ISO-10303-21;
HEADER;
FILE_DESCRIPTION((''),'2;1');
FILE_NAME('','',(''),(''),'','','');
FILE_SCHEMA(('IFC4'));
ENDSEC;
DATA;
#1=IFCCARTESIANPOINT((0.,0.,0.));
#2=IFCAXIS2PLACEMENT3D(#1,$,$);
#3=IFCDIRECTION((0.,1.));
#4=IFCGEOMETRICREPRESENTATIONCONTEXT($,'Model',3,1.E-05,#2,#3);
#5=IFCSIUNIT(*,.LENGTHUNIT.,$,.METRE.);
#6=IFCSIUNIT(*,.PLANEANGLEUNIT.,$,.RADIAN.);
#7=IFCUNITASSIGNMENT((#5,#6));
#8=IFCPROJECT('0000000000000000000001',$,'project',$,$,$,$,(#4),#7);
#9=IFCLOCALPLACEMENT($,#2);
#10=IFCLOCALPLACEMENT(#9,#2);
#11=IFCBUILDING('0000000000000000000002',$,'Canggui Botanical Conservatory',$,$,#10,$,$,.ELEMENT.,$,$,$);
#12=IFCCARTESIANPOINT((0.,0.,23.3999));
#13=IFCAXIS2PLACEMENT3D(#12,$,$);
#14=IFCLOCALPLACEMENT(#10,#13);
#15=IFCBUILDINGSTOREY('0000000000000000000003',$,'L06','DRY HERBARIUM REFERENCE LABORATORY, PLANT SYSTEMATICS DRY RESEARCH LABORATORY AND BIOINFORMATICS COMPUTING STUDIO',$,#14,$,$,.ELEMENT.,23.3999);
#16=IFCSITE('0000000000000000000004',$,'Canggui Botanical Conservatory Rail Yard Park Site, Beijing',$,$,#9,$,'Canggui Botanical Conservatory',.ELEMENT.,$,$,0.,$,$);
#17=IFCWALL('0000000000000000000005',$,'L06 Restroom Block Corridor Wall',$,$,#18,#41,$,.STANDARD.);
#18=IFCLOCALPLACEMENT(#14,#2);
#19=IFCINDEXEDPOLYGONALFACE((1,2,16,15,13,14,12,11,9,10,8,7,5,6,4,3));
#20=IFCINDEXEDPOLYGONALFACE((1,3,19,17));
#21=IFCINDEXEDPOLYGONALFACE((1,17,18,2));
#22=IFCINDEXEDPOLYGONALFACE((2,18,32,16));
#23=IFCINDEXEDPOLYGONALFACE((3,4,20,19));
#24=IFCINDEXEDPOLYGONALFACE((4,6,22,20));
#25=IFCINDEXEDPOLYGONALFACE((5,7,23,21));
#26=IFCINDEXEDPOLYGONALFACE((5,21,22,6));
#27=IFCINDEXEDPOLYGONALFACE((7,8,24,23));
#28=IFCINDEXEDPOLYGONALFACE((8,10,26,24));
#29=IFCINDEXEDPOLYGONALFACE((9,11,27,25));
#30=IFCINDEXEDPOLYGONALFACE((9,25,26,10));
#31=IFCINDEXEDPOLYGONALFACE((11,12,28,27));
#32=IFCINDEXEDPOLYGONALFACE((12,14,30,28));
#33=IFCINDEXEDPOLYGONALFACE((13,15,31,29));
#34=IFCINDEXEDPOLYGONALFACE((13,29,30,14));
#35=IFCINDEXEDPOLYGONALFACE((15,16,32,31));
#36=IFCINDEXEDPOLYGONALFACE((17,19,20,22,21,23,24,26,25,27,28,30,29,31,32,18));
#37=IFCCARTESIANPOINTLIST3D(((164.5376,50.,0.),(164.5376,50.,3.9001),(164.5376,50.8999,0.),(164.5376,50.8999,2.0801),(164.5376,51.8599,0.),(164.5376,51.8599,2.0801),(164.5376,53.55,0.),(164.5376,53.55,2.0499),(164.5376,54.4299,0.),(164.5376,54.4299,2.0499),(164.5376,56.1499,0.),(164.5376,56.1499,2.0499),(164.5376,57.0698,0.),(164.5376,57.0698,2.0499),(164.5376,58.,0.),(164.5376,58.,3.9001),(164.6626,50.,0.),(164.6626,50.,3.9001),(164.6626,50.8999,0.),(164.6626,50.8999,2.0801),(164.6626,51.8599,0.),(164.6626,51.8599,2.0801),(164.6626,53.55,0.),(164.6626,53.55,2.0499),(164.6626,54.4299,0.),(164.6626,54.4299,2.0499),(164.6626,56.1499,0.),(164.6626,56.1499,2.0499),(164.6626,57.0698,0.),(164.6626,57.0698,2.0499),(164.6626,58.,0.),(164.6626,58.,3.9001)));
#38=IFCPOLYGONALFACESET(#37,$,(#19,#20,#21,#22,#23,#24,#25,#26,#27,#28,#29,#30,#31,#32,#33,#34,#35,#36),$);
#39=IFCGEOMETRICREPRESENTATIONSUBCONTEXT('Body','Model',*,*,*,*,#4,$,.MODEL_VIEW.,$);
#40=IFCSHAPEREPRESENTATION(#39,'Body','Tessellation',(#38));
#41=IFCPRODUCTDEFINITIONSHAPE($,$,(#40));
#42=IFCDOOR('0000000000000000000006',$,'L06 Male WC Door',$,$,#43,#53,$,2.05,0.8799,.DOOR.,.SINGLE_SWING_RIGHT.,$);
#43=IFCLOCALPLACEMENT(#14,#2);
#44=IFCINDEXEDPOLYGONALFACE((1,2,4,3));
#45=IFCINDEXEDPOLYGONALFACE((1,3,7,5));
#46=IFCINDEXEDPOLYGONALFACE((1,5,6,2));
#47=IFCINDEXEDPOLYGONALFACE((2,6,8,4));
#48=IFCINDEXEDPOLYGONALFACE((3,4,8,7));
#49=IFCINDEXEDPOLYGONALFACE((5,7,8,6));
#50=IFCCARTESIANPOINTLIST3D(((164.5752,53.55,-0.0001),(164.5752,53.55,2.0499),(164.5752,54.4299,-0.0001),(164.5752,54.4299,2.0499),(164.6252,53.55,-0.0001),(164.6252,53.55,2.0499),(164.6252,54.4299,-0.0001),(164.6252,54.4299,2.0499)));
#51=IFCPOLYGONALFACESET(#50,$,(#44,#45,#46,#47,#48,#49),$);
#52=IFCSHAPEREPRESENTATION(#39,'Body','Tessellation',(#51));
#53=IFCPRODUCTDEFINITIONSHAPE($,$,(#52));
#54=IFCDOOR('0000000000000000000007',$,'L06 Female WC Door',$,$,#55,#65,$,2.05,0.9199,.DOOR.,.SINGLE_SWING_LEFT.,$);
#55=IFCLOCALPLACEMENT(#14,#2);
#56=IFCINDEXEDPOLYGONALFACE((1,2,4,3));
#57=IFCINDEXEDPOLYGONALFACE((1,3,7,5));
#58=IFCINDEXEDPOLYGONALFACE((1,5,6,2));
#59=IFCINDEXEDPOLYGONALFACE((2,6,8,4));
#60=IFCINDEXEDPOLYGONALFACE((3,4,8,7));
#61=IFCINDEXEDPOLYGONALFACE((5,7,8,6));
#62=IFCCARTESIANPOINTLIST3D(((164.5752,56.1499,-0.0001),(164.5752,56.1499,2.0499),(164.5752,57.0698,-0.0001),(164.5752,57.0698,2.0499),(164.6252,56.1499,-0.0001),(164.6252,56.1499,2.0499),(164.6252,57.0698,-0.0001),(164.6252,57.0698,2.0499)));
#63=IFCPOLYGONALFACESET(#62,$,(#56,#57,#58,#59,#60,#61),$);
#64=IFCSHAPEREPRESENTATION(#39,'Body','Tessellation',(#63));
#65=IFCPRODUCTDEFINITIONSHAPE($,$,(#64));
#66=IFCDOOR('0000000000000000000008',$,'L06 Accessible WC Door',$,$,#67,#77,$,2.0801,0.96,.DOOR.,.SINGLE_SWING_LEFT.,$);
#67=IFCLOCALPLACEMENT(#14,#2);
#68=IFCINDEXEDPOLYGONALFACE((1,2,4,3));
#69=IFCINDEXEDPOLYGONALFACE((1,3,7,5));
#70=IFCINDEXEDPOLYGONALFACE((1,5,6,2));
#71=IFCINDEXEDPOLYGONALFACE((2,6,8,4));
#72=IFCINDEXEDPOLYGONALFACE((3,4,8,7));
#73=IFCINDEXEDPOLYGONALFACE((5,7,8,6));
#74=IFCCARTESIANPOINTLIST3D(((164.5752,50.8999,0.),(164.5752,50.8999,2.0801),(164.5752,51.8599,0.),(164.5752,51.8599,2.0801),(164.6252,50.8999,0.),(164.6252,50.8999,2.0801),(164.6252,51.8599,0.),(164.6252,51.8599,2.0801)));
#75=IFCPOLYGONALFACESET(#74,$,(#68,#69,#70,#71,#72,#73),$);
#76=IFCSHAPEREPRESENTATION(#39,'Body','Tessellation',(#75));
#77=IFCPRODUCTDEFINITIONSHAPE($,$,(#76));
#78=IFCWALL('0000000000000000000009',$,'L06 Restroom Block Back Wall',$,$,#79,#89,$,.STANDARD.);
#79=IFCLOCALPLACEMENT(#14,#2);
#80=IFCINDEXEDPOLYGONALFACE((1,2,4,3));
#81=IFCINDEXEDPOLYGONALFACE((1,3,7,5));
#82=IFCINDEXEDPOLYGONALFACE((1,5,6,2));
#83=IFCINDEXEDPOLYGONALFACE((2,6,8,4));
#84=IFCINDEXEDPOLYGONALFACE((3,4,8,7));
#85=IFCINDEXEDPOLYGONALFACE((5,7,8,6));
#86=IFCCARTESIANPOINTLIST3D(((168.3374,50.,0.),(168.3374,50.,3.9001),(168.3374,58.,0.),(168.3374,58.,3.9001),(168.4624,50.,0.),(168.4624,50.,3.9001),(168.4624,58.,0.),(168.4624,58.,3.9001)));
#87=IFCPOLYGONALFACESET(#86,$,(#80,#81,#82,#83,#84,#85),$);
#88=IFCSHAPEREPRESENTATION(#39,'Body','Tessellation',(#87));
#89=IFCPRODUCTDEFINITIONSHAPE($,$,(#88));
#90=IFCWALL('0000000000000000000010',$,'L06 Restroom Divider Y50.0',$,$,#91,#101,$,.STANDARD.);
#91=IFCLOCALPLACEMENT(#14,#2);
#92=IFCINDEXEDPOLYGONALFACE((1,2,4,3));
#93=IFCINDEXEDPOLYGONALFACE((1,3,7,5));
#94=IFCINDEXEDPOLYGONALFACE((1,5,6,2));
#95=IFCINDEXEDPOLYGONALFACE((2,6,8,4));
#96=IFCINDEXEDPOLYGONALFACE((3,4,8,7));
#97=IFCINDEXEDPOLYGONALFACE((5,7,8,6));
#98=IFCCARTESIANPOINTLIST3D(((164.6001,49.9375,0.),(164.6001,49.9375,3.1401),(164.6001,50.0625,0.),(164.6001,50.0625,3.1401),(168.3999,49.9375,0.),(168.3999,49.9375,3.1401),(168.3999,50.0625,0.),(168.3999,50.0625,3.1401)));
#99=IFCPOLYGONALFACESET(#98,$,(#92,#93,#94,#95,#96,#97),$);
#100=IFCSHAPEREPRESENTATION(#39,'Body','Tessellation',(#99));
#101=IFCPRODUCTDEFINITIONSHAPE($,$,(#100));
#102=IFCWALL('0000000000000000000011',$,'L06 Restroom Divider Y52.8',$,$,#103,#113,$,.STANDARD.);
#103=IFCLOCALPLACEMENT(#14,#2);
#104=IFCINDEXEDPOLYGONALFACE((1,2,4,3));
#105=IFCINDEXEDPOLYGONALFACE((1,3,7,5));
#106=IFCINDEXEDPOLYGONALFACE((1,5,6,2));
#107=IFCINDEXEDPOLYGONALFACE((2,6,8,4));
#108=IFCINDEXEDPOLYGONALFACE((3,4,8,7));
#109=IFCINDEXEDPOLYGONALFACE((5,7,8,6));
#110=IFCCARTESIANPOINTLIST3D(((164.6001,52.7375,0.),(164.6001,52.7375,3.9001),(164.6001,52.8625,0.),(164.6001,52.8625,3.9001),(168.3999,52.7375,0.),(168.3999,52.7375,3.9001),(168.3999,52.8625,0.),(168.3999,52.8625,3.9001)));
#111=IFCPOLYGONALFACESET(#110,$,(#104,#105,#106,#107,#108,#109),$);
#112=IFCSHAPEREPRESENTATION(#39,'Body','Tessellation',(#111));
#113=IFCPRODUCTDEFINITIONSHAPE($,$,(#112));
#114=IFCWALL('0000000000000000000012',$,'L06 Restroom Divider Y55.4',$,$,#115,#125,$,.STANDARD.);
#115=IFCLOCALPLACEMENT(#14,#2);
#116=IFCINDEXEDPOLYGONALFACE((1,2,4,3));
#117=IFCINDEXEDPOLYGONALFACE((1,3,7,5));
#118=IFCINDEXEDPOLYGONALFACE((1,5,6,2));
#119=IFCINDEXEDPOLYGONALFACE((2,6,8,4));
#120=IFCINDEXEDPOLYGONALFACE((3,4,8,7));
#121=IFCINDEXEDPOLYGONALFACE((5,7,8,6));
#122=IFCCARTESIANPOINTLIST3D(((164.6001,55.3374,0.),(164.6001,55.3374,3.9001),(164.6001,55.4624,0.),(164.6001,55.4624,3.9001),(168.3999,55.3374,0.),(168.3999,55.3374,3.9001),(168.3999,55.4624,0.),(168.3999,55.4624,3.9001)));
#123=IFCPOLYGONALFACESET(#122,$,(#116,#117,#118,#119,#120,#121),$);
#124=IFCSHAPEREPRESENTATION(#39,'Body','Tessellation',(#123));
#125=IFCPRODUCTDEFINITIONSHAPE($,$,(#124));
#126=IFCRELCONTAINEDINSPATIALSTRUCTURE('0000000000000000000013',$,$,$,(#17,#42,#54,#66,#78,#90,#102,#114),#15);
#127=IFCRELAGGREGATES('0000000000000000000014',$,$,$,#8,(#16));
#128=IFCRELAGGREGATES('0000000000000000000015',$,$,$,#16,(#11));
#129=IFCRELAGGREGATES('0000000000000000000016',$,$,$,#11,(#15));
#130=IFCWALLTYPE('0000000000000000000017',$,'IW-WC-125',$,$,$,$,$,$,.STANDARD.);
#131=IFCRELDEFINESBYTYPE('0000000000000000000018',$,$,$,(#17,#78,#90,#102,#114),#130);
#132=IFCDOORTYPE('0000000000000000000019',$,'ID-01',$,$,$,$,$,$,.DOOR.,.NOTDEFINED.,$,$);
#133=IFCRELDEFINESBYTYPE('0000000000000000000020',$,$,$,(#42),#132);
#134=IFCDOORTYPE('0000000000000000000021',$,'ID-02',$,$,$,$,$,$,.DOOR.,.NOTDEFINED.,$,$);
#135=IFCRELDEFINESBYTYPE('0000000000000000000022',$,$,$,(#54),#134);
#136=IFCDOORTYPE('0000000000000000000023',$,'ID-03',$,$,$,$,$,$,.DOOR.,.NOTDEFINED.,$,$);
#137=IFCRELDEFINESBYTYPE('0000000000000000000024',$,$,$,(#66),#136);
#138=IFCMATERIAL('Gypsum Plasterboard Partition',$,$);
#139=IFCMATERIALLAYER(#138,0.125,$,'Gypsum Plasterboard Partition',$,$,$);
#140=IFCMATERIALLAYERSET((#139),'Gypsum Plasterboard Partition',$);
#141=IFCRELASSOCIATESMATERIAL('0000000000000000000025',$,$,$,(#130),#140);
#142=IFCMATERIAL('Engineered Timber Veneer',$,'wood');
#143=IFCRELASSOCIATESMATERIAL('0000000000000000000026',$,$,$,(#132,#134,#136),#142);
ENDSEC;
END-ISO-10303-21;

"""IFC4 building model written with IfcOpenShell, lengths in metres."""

from ifc_helpers import new_model, si_unit, direction, frame, frame_2d, origin, place, context, subcontext, project, spatial, rectangle, extrude, material, layer, layer_set, type_object, element, fill, save


model = new_model("IFC4")

# Units and contexts
model_context = context("Model", 3, precision=1e-05, world=origin(), true_north=direction((0.0, 1.0)))
body_context = subcontext(model_context, "Body", "Model", "MODEL_VIEW")
ifc_project = project(units=[si_unit("LENGTHUNIT", "METRE"), si_unit("PLANEANGLEUNIT", "RADIAN")], contexts=[model_context])

# Site, building, storey
site_placement = place(None, origin())
site = spatial("IfcSite", under=ifc_project, at=site_placement, Name="Canggui Botanical Conservatory Rail Yard Park Site, Beijing", LongName="Canggui Botanical Conservatory", CompositionType="ELEMENT", RefElevation=0.0)
building_placement = place(site_placement, origin())
building = spatial("IfcBuilding", under=site, at=building_placement, Name="Canggui Botanical Conservatory", CompositionType="ELEMENT")
storey_placement = place(building_placement, frame((0.0, 0.0, 23.3999)))
storey = spatial("IfcBuildingStorey", under=building, at=storey_placement, Name="L06", Description="DRY HERBARIUM REFERENCE LABORATORY, PLANT SYSTEMATICS DRY RESEARCH LABORATORY AND BIOINFORMATICS COMPUTING STUDIO", CompositionType="ELEMENT", Elevation=23.3999)

# Wall, openings, doors
ifc_material_1 = material(Name="Gypsum Plasterboard Partition")
ifc_layer_1 = layer(ifc_material_1, 0.125, Name="Gypsum Plasterboard Partition")
ifc_layer_set_1 = layer_set([ifc_layer_1], Name="Gypsum Plasterboard Partition")
wall_type_1 = type_object("IfcWallType", Name="IW-WC-125", PredefinedType="STANDARD", material=ifc_layer_set_1)
wall_1_placement = place(storey_placement, frame((164.6001, 50.0, 0.0), z_axis=(0.0, 0.0, 1.0), x_axis=(0.0, 1.0, 0.0)))
wall_1 = element("IfcWall", 1, at=wall_1_placement, inside=storey, type_object=wall_type_1, Name="L06 Restroom Block Corridor Wall", PredefinedType="STANDARD", context=body_context, shape_type="SweptSolid", body=[
    extrude(rectangle(XDim=8.0, YDim=0.125, at=frame_2d((4.0, 0.0))), origin(), (0.0, 0.0, 1.0), 3.9001),
])
opening_1_placement = place(wall_1_placement, frame((0.8999, 0.0, 0.0)))
opening_1 = element("IfcOpeningElement", 2, at=opening_1_placement, cuts=wall_1, PredefinedType="OPENING", context=body_context, shape_type="SweptSolid", body=[
    extrude(rectangle(XDim=0.96, YDim=2.0801, at=frame_2d((0.48, 1.04))), frame((0.0, 0.0725, 0.0), z_axis=(0.0, -1.0, 0.0), x_axis=(1.0, 0.0, 0.0)), (0.0, 0.0, 1.0), 0.145),
])
opening_2_placement = place(wall_1_placement, frame((3.55, 0.0, 0.0)))
opening_2 = element("IfcOpeningElement", 3, at=opening_2_placement, cuts=wall_1, PredefinedType="OPENING", context=body_context, shape_type="SweptSolid", body=[
    extrude(rectangle(XDim=0.8799, YDim=2.05, at=frame_2d((0.4399, 1.0249))), frame((0.0, 0.0725, 0.0), z_axis=(0.0, -1.0, 0.0), x_axis=(1.0, 0.0, 0.0)), (0.0, 0.0, 1.0), 0.145),
])
opening_3_placement = place(wall_1_placement, frame((6.1499, 0.0, 0.0)))
opening_3 = element("IfcOpeningElement", 4, at=opening_3_placement, cuts=wall_1, PredefinedType="OPENING", context=body_context, shape_type="SweptSolid", body=[
    extrude(rectangle(XDim=0.9199, YDim=2.05, at=frame_2d((0.46, 1.0249))), frame((0.0, 0.0725, 0.0), z_axis=(0.0, -1.0, 0.0), x_axis=(1.0, 0.0, 0.0)), (0.0, 0.0, 1.0), 0.145),
])
ifc_material_2 = material(Name="Engineered Timber Veneer", Category="wood")
door_type_1 = type_object("IfcDoorType", Name="ID-01", OperationType="NOTDEFINED", PredefinedType="DOOR", material=ifc_material_2)
door_1_placement = place(opening_2_placement, origin())
door_1 = element("IfcDoor", 5, at=door_1_placement, inside=storey, type_object=door_type_1, Name="L06 Male WC Door", OperationType="SINGLE_SWING_RIGHT", OverallHeight=2.05, OverallWidth=0.8799, PredefinedType="DOOR", context=body_context, shape_type="SweptSolid", body=[
    extrude(rectangle(XDim=0.8799, YDim=2.05, at=frame_2d((0.4399, 1.0249))), frame((0.0, 0.0249, 0.0), z_axis=(0.0, -1.0, 0.0), x_axis=(1.0, 0.0, 0.0)), (0.0, 0.0, 1.0), 0.05),
])
fill(opening_2, door_1)
door_type_2 = type_object("IfcDoorType", Name="ID-02", OperationType="NOTDEFINED", PredefinedType="DOOR", material=ifc_material_2)
door_2_placement = place(opening_3_placement, origin())
door_2 = element("IfcDoor", 6, at=door_2_placement, inside=storey, type_object=door_type_2, Name="L06 Female WC Door", OperationType="SINGLE_SWING_LEFT", OverallHeight=2.05, OverallWidth=0.9199, PredefinedType="DOOR", context=body_context, shape_type="SweptSolid", body=[
    extrude(rectangle(XDim=0.9199, YDim=2.05, at=frame_2d((0.46, 1.0249))), frame((0.0, 0.0249, 0.0), z_axis=(0.0, -1.0, 0.0), x_axis=(1.0, 0.0, 0.0)), (0.0, 0.0, 1.0), 0.05),
])
fill(opening_3, door_2)
door_type_3 = type_object("IfcDoorType", Name="ID-03", OperationType="NOTDEFINED", PredefinedType="DOOR", material=ifc_material_2)
door_3_placement = place(opening_1_placement, origin())
door_3 = element("IfcDoor", 7, at=door_3_placement, inside=storey, type_object=door_type_3, Name="L06 Accessible WC Door", OperationType="SINGLE_SWING_LEFT", OverallHeight=2.0801, OverallWidth=0.96, PredefinedType="DOOR", context=body_context, shape_type="SweptSolid", body=[
    extrude(rectangle(XDim=0.96, YDim=2.0801, at=frame_2d((0.48, 1.04))), frame((0.0, 0.0249, 0.0), z_axis=(0.0, -1.0, 0.0), x_axis=(1.0, 0.0, 0.0)), (0.0, 0.0, 1.0), 0.05),
])
fill(opening_1, door_3)

# Walls
wall_2_placement = place(storey_placement, frame((168.3999, 50.0, 0.0), z_axis=(0.0, 0.0, 1.0), x_axis=(0.0, 1.0, 0.0)))
element("IfcWall", 8, at=wall_2_placement, inside=storey, type_object=wall_type_1, Name="L06 Restroom Block Back Wall", PredefinedType="STANDARD", context=body_context, shape_type="SweptSolid", body=[
    extrude(rectangle(XDim=8.0, YDim=0.125, at=frame_2d((4.0, 0.0))), origin(), (0.0, 0.0, 1.0), 3.9001),
])
wall_3_placement = place(storey_placement, frame((164.6001, 50.0, 0.0), z_axis=(0.0, 0.0, 1.0), x_axis=(1.0, 0.0, 0.0)))
element("IfcWall", 9, at=wall_3_placement, inside=storey, type_object=wall_type_1, Name="L06 Restroom Divider Y50.0", PredefinedType="STANDARD", context=body_context, shape_type="SweptSolid", body=[
    extrude(rectangle(XDim=3.7998, YDim=0.125, at=frame_2d((1.8999, 0.0))), origin(), (0.0, 0.0, 1.0), 3.1401),
])
for number, where, z_axis, x_axis, name in (
    (10, (164.6001, 52.8, 0.0), (0.0, 0.0, 1.0), (1.0, 0.0, 0.0), "L06 Restroom Divider Y52.8"),
    (11, (164.6001, 55.3999, 0.0), (0.0, 0.0, 1.0), (1.0, 0.0, 0.0), "L06 Restroom Divider Y55.4"),
):
    element("IfcWall", number, at=place(storey_placement, frame(where, z_axis=z_axis, x_axis=x_axis)), inside=storey, type_object=wall_type_1, Name=name, PredefinedType="STANDARD", context=body_context, shape_type="SweptSolid", body=[
        extrude(rectangle(XDim=3.7998, YDim=0.125, at=frame_2d((1.8999, 0.0))), origin(), (0.0, 0.0, 1.0), 3.9001),
    ])

save(model, "model.ifc")
